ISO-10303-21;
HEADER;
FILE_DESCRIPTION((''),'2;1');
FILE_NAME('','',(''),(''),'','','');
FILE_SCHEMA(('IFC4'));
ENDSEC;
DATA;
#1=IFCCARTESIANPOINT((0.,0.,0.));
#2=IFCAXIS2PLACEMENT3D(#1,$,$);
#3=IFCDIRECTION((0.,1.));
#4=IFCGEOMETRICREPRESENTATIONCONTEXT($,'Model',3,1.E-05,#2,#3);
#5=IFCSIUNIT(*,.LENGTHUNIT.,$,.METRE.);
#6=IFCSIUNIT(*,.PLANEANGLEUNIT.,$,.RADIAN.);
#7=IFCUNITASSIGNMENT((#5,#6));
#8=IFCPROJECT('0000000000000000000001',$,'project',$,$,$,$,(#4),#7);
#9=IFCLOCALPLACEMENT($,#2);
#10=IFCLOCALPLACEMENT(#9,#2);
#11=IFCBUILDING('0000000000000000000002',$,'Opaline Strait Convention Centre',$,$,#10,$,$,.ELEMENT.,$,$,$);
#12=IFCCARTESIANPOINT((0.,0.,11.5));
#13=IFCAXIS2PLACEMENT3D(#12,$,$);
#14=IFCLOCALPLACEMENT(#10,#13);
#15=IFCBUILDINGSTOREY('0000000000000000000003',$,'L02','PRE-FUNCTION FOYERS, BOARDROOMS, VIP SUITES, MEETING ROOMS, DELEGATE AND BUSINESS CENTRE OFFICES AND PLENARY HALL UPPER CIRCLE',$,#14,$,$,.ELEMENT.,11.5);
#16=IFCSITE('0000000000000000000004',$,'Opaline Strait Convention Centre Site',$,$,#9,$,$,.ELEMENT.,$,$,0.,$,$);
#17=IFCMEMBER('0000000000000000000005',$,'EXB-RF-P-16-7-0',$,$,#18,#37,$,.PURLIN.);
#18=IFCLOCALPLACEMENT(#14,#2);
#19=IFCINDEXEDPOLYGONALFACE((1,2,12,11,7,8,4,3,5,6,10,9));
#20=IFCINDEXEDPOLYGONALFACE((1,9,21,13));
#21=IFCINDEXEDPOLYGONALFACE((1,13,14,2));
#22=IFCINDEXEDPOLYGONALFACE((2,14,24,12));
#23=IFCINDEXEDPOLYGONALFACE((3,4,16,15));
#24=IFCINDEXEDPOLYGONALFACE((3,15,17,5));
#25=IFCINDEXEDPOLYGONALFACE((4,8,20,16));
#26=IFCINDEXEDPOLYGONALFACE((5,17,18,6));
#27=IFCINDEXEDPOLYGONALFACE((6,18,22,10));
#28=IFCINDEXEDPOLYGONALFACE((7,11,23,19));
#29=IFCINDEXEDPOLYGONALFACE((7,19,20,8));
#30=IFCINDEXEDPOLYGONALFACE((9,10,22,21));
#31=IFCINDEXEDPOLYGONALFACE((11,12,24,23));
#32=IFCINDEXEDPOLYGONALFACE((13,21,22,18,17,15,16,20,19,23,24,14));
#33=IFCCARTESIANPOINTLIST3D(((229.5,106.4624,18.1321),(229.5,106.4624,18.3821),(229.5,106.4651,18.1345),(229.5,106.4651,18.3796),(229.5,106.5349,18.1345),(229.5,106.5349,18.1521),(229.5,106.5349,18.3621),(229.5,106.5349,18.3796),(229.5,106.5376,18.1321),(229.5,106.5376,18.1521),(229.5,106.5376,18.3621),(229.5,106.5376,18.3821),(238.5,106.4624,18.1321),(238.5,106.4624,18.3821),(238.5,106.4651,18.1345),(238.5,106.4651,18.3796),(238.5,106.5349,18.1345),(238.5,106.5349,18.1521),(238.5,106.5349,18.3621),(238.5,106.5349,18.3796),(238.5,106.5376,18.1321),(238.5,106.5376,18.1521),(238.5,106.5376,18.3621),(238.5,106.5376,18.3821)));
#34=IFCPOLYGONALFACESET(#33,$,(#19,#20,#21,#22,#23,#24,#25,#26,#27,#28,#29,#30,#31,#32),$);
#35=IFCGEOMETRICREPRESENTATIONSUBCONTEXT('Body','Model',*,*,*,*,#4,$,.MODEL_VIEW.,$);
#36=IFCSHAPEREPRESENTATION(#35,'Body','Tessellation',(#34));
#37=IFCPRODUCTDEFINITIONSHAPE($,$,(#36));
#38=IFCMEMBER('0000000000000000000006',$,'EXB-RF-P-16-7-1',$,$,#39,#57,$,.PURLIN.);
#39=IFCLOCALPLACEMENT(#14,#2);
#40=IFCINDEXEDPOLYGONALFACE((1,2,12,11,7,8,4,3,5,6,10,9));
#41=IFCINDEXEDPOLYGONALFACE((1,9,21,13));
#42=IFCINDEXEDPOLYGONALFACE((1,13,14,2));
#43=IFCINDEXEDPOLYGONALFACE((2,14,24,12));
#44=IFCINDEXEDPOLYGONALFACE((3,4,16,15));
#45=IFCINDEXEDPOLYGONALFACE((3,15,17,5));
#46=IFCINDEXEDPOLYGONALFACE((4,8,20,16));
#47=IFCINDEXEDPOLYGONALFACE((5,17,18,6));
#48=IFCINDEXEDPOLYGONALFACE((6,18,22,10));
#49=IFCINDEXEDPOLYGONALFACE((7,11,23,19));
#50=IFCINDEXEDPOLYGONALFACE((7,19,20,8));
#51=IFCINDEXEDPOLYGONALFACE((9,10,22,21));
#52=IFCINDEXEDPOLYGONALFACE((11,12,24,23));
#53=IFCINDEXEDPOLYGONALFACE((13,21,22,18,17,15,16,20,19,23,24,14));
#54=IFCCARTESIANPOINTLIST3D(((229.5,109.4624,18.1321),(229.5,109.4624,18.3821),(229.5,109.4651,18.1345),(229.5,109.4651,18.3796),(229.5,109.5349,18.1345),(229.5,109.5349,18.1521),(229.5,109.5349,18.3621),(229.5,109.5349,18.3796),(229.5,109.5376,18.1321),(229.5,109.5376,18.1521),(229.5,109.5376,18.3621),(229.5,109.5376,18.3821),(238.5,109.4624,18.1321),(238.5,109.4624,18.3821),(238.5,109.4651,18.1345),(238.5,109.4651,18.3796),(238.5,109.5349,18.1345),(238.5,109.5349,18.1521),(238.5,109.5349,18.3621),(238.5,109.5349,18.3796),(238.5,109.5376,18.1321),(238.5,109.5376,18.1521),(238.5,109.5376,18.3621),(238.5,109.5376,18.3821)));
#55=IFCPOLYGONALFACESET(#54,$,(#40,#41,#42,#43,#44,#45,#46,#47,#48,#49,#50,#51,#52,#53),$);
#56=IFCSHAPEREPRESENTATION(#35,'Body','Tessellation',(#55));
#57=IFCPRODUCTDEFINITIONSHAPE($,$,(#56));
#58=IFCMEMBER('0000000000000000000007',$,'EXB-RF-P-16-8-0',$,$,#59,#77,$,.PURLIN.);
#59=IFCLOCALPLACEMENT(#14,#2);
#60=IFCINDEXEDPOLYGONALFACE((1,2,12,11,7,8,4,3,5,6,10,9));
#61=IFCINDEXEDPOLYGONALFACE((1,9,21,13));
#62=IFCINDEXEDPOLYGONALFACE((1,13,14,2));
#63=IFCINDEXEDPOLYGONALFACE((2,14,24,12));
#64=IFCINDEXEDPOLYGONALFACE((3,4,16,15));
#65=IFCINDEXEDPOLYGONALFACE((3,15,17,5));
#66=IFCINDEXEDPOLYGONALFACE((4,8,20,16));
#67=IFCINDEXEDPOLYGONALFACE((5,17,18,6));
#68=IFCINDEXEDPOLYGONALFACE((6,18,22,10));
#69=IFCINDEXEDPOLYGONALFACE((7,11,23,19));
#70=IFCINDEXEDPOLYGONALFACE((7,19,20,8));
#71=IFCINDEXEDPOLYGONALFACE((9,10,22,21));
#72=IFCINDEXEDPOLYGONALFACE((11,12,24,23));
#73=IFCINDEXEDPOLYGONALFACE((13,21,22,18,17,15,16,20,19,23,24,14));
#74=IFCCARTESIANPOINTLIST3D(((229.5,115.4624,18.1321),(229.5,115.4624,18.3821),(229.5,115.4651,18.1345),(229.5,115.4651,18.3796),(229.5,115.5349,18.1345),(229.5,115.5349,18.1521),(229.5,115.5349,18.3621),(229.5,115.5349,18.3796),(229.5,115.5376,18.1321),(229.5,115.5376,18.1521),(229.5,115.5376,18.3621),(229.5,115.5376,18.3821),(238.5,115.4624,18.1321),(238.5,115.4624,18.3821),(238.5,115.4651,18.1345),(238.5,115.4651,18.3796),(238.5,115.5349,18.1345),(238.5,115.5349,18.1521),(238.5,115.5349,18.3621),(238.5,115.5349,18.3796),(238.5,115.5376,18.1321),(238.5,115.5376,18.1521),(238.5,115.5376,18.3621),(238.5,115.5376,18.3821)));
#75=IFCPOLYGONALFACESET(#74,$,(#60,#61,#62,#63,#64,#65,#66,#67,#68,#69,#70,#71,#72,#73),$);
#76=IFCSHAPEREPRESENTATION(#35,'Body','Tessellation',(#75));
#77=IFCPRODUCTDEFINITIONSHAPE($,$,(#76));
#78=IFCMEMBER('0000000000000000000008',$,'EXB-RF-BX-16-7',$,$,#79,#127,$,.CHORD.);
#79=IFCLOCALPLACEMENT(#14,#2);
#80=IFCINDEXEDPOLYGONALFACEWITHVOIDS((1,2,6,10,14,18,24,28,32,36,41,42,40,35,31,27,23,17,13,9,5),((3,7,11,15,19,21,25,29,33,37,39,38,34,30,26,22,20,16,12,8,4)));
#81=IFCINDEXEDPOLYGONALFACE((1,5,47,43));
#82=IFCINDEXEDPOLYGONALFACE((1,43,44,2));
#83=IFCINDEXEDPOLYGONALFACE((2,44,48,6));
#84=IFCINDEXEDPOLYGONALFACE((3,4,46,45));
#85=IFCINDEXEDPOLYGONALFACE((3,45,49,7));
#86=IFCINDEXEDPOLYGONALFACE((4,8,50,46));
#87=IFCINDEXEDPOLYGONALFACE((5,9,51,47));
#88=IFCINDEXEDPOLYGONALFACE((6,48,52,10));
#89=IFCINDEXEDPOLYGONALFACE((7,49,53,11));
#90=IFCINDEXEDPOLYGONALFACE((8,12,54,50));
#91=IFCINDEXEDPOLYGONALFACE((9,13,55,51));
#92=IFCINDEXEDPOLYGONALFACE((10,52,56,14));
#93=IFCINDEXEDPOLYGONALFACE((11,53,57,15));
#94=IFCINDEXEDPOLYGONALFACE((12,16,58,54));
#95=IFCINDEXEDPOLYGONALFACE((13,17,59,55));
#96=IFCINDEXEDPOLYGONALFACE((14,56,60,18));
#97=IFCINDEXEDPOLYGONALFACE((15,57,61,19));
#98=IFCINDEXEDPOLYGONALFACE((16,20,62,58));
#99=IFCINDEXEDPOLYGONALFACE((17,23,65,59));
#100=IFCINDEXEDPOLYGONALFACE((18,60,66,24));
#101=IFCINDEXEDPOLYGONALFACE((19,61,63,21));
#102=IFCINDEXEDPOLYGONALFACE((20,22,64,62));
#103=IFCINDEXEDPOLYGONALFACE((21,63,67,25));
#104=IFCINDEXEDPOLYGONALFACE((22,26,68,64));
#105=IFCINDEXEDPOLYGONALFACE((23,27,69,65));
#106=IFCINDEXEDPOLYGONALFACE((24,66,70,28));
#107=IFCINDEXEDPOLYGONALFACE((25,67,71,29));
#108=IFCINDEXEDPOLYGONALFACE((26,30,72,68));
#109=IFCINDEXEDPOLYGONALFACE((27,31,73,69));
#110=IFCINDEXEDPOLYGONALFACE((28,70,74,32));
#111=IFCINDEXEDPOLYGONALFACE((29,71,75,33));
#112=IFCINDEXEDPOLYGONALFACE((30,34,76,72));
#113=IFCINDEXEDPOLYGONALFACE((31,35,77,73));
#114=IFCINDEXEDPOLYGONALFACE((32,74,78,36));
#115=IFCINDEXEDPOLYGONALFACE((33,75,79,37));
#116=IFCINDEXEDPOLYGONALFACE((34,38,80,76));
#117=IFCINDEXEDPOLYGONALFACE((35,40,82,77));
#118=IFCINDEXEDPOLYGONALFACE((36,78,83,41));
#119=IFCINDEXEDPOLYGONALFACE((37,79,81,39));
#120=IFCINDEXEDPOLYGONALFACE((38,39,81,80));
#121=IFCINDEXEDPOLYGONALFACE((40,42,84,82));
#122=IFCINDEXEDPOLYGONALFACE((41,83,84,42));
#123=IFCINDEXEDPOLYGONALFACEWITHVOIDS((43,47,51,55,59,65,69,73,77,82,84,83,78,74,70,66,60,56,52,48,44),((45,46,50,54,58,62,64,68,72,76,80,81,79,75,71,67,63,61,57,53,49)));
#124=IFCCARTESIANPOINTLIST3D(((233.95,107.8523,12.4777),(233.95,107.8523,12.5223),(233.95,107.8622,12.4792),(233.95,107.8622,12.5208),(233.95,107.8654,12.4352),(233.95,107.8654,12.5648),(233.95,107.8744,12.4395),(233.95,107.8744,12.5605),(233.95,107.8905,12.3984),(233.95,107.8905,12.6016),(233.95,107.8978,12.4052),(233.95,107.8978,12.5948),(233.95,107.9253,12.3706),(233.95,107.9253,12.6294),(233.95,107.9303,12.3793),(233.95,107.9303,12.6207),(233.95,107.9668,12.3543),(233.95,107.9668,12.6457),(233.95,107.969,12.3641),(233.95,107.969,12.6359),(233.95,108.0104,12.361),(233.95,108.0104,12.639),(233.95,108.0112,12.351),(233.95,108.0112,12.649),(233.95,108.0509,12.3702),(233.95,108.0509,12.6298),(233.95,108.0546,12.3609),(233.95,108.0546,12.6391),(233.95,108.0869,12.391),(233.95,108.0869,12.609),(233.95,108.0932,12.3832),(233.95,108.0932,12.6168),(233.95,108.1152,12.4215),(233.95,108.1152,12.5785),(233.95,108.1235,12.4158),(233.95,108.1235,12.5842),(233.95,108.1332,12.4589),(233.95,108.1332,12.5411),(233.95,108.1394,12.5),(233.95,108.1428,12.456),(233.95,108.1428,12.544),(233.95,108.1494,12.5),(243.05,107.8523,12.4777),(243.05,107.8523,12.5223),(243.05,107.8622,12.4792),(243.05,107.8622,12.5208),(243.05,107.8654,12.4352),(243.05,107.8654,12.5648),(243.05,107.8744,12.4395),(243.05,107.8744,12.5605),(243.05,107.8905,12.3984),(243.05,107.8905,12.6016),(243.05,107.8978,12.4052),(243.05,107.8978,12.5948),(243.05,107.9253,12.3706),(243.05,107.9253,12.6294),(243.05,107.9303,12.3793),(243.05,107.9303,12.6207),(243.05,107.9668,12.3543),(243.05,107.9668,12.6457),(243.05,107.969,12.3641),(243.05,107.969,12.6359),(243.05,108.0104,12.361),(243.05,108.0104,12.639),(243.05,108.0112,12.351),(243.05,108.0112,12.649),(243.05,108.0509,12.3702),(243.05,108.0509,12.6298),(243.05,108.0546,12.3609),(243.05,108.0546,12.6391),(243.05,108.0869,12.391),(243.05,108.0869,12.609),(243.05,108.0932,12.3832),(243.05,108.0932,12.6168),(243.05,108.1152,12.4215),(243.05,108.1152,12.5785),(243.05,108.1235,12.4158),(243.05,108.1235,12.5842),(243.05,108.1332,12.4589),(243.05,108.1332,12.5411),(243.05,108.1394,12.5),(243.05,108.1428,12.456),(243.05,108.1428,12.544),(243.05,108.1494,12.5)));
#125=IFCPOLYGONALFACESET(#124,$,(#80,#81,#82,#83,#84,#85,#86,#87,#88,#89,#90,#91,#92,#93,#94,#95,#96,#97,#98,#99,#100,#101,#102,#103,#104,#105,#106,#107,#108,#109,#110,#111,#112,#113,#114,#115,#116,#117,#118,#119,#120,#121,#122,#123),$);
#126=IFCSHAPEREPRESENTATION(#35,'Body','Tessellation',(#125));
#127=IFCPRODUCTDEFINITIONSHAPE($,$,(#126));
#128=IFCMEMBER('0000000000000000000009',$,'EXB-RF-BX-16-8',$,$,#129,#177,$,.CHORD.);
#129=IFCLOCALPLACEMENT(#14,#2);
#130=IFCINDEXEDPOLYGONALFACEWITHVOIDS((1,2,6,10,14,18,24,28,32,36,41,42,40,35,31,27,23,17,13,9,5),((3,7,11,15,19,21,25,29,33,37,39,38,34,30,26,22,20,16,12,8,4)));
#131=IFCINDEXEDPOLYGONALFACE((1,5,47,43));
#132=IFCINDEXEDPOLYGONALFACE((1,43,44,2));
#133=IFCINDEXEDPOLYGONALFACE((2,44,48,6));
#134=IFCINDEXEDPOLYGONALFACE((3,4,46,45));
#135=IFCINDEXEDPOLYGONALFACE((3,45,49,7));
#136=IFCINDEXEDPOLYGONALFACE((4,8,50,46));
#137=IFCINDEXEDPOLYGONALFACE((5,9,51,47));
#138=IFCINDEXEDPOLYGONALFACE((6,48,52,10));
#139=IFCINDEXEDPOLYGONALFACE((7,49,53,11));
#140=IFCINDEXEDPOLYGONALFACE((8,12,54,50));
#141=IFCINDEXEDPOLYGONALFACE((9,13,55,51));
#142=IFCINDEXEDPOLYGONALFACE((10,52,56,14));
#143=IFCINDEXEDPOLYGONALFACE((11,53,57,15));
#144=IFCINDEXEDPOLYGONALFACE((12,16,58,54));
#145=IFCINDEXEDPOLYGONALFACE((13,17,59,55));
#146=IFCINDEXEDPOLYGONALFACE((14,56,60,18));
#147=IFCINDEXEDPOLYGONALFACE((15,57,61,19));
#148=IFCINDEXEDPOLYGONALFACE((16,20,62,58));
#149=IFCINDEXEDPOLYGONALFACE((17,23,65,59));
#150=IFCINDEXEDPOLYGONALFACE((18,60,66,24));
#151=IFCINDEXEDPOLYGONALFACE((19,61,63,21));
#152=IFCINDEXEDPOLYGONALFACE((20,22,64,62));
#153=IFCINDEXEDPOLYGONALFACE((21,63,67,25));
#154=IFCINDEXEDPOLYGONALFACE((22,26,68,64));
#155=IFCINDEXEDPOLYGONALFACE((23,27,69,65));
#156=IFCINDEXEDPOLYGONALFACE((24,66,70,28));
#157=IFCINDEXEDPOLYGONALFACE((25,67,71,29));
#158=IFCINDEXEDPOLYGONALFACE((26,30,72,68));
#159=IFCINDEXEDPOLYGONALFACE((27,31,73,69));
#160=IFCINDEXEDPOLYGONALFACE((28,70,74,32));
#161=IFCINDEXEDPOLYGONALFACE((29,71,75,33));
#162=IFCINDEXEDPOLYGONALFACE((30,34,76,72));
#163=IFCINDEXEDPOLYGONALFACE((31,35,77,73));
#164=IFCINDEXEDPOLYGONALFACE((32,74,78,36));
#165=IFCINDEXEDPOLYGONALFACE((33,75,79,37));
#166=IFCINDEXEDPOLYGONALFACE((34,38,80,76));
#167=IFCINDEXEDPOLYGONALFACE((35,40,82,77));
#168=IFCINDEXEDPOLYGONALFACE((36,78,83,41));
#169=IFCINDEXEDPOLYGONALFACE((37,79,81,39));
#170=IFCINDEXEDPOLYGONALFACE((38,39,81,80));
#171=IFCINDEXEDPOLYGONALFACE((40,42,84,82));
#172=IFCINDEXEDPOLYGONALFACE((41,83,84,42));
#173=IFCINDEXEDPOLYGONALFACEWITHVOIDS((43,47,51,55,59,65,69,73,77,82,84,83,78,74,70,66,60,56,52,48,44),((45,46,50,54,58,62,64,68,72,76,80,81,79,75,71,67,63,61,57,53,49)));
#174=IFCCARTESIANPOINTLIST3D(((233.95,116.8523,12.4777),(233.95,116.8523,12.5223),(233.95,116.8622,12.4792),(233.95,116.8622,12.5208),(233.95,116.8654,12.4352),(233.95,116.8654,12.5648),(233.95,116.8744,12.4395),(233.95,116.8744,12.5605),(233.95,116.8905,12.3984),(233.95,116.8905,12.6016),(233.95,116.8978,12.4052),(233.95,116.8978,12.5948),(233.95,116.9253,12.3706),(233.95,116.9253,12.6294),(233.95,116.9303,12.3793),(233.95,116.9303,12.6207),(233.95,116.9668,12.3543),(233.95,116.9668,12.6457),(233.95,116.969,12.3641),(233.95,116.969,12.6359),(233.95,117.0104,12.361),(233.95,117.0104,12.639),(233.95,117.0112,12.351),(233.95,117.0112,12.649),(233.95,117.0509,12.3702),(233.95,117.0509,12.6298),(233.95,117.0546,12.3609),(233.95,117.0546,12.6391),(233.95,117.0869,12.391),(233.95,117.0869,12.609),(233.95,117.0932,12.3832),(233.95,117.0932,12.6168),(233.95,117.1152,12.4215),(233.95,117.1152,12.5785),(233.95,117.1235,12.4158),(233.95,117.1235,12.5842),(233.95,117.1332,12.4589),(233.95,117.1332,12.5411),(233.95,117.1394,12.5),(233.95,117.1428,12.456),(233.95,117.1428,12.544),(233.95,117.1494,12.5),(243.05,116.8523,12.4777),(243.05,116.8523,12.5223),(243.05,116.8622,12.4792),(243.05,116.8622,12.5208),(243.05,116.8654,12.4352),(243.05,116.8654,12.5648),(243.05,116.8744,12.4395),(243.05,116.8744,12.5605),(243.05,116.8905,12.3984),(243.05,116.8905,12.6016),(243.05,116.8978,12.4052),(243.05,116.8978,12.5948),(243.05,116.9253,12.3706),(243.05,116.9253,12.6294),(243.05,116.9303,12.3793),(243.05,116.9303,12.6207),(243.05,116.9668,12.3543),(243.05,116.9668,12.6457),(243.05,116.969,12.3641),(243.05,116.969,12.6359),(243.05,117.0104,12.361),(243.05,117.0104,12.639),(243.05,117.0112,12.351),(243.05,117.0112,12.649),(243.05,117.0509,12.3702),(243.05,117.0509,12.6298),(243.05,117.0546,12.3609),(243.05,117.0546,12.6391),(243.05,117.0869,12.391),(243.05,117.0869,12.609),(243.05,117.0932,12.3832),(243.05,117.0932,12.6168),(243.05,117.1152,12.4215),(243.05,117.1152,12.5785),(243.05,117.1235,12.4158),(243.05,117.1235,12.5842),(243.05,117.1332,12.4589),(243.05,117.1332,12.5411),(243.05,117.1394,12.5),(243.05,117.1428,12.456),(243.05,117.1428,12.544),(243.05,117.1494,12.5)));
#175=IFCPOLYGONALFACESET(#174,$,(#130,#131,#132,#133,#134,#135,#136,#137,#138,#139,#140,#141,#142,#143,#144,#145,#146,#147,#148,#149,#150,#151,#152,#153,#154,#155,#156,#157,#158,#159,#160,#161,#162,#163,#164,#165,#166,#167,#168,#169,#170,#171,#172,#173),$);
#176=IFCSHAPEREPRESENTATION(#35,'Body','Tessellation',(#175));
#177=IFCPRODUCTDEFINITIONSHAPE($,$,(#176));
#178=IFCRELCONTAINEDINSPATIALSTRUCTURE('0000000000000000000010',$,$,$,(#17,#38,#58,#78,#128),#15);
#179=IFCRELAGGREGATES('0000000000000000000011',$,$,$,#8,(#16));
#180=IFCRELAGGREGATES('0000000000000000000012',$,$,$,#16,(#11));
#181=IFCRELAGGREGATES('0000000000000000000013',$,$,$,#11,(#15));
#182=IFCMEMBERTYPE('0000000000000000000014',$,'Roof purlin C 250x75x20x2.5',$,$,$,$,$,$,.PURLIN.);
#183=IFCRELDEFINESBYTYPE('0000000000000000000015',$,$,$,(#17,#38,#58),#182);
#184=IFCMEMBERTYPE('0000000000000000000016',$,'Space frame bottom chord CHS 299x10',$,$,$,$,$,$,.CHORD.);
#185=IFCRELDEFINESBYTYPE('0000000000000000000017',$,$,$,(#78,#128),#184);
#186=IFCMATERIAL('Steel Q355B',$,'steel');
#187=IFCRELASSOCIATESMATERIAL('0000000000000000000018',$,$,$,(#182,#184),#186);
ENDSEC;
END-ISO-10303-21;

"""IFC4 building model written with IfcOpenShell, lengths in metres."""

from ifc_helpers import new_model, si_unit, direction, frame, origin, origin_2d, place, context, subcontext, project, spatial, polyline, hollow_circle, outline, extrude, material, material_profile, profile_set, type_object, element, save


model = new_model("IFC4")

# Units and contexts
model_context = context("Model", 3, precision=1e-05, world=origin(), true_north=direction((0.0, 1.0)))
body_context = subcontext(model_context, "Body", "Model", "MODEL_VIEW")
ifc_project = project(units=[si_unit("LENGTHUNIT", "METRE"), si_unit("PLANEANGLEUNIT", "RADIAN")], contexts=[model_context])

# Site, building, storey
site_placement = place(None, origin())
site = spatial("IfcSite", under=ifc_project, at=site_placement, Name="Opaline Strait Convention Centre Site", CompositionType="ELEMENT", RefElevation=0.0)
building_placement = place(site_placement, origin())
building = spatial("IfcBuilding", under=site, at=building_placement, Name="Opaline Strait Convention Centre", CompositionType="ELEMENT")
storey_placement = place(building_placement, frame((0.0, 0.0, 11.5)))
storey = spatial("IfcBuildingStorey", under=building, at=storey_placement, Name="L02", Description="PRE-FUNCTION FOYERS, BOARDROOMS, VIP SUITES, MEETING ROOMS, DELEGATE AND BUSINESS CENTRE OFFICES AND PLENARY HALL UPPER CIRCLE", CompositionType="ELEMENT", Elevation=11.5)

# Members
ifc_material = material(Name="Steel Q355B", Category="steel")
ifc_material_profile_1 = material_profile(ifc_material, outline(polyline([(-0.0376, -0.125), (0.0376, -0.125), (0.0376, -0.105), (0.0349, -0.105), (0.0349, -0.1226), (-0.0349, -0.1226), (-0.0349, 0.1226), (0.0349, 0.1226), (0.0349, 0.105), (0.0376, 0.105), (0.0376, 0.125), (-0.0376, 0.125), (-0.0376, -0.125)])), Name="C 250x75x20x2.5")
ifc_profile_set_1 = profile_set([ifc_material_profile_1], Name="Steel Q355B")
member_type_1 = type_object("IfcMemberType", Name="Roof purlin C 250x75x20x2.5", PredefinedType="PURLIN", material=ifc_profile_set_1)
for number, where, z_axis, x_axis, name in (
    (1, (229.5, 106.5, 18.2571), (1.0, 0.0, 0.0), (0.0, 1.0, 0.0), "EXB-RF-P-16-7-0"),
    (2, (229.5, 109.5, 18.2571), (1.0, 0.0, 0.0), (0.0, 1.0, 0.0), "EXB-RF-P-16-7-1"),
    (3, (229.5, 115.5, 18.2571), (1.0, 0.0, 0.0), (0.0, 1.0, 0.0), "EXB-RF-P-16-8-0"),
):
    element("IfcMember", number, at=place(storey_placement, frame(where, z_axis=z_axis, x_axis=x_axis)), inside=storey, type_object=member_type_1, Name=name, PredefinedType="PURLIN", context=body_context, shape_type="SweptSolid", body=[
        extrude(outline(polyline([(-0.0376, -0.125), (0.0376, -0.125), (0.0376, -0.105), (0.0349, -0.105), (0.0349, -0.1226), (-0.0349, -0.1226), (-0.0349, 0.1226), (0.0349, 0.1226), (0.0349, 0.105), (0.0376, 0.105), (0.0376, 0.125), (-0.0376, 0.125), (-0.0376, -0.125)])), origin(), (0.0, 0.0, 1.0), 9.0),
    ])
ifc_material_profile_2 = material_profile(ifc_material, hollow_circle(Radius=0.1494, WallThickness=0.01, at=origin_2d()), Name="CHS 299x10")
ifc_profile_set_2 = profile_set([ifc_material_profile_2], Name="Steel Q355B")
member_type_2 = type_object("IfcMemberType", Name="Space frame bottom chord CHS 299x10", PredefinedType="CHORD", material=ifc_profile_set_2)
for number, where, z_axis, x_axis, name in (
    (4, (233.95, 108.0, 12.5), (1.0, 0.0, 0.0), (0.0, 1.0, 0.0), "EXB-RF-BX-16-7"),
    (5, (233.95, 117.0, 12.5), (1.0, 0.0, 0.0), (0.0, 1.0, 0.0), "EXB-RF-BX-16-8"),
):
    element("IfcMember", number, at=place(storey_placement, frame(where, z_axis=z_axis, x_axis=x_axis)), inside=storey, type_object=member_type_2, Name=name, PredefinedType="CHORD", context=body_context, shape_type="SweptSolid", body=[
        extrude(hollow_circle(Radius=0.1494, WallThickness=0.01, at=origin_2d()), origin(), (0.0, 0.0, 1.0), 9.1001),
    ])

save(model, "model.ifc")
